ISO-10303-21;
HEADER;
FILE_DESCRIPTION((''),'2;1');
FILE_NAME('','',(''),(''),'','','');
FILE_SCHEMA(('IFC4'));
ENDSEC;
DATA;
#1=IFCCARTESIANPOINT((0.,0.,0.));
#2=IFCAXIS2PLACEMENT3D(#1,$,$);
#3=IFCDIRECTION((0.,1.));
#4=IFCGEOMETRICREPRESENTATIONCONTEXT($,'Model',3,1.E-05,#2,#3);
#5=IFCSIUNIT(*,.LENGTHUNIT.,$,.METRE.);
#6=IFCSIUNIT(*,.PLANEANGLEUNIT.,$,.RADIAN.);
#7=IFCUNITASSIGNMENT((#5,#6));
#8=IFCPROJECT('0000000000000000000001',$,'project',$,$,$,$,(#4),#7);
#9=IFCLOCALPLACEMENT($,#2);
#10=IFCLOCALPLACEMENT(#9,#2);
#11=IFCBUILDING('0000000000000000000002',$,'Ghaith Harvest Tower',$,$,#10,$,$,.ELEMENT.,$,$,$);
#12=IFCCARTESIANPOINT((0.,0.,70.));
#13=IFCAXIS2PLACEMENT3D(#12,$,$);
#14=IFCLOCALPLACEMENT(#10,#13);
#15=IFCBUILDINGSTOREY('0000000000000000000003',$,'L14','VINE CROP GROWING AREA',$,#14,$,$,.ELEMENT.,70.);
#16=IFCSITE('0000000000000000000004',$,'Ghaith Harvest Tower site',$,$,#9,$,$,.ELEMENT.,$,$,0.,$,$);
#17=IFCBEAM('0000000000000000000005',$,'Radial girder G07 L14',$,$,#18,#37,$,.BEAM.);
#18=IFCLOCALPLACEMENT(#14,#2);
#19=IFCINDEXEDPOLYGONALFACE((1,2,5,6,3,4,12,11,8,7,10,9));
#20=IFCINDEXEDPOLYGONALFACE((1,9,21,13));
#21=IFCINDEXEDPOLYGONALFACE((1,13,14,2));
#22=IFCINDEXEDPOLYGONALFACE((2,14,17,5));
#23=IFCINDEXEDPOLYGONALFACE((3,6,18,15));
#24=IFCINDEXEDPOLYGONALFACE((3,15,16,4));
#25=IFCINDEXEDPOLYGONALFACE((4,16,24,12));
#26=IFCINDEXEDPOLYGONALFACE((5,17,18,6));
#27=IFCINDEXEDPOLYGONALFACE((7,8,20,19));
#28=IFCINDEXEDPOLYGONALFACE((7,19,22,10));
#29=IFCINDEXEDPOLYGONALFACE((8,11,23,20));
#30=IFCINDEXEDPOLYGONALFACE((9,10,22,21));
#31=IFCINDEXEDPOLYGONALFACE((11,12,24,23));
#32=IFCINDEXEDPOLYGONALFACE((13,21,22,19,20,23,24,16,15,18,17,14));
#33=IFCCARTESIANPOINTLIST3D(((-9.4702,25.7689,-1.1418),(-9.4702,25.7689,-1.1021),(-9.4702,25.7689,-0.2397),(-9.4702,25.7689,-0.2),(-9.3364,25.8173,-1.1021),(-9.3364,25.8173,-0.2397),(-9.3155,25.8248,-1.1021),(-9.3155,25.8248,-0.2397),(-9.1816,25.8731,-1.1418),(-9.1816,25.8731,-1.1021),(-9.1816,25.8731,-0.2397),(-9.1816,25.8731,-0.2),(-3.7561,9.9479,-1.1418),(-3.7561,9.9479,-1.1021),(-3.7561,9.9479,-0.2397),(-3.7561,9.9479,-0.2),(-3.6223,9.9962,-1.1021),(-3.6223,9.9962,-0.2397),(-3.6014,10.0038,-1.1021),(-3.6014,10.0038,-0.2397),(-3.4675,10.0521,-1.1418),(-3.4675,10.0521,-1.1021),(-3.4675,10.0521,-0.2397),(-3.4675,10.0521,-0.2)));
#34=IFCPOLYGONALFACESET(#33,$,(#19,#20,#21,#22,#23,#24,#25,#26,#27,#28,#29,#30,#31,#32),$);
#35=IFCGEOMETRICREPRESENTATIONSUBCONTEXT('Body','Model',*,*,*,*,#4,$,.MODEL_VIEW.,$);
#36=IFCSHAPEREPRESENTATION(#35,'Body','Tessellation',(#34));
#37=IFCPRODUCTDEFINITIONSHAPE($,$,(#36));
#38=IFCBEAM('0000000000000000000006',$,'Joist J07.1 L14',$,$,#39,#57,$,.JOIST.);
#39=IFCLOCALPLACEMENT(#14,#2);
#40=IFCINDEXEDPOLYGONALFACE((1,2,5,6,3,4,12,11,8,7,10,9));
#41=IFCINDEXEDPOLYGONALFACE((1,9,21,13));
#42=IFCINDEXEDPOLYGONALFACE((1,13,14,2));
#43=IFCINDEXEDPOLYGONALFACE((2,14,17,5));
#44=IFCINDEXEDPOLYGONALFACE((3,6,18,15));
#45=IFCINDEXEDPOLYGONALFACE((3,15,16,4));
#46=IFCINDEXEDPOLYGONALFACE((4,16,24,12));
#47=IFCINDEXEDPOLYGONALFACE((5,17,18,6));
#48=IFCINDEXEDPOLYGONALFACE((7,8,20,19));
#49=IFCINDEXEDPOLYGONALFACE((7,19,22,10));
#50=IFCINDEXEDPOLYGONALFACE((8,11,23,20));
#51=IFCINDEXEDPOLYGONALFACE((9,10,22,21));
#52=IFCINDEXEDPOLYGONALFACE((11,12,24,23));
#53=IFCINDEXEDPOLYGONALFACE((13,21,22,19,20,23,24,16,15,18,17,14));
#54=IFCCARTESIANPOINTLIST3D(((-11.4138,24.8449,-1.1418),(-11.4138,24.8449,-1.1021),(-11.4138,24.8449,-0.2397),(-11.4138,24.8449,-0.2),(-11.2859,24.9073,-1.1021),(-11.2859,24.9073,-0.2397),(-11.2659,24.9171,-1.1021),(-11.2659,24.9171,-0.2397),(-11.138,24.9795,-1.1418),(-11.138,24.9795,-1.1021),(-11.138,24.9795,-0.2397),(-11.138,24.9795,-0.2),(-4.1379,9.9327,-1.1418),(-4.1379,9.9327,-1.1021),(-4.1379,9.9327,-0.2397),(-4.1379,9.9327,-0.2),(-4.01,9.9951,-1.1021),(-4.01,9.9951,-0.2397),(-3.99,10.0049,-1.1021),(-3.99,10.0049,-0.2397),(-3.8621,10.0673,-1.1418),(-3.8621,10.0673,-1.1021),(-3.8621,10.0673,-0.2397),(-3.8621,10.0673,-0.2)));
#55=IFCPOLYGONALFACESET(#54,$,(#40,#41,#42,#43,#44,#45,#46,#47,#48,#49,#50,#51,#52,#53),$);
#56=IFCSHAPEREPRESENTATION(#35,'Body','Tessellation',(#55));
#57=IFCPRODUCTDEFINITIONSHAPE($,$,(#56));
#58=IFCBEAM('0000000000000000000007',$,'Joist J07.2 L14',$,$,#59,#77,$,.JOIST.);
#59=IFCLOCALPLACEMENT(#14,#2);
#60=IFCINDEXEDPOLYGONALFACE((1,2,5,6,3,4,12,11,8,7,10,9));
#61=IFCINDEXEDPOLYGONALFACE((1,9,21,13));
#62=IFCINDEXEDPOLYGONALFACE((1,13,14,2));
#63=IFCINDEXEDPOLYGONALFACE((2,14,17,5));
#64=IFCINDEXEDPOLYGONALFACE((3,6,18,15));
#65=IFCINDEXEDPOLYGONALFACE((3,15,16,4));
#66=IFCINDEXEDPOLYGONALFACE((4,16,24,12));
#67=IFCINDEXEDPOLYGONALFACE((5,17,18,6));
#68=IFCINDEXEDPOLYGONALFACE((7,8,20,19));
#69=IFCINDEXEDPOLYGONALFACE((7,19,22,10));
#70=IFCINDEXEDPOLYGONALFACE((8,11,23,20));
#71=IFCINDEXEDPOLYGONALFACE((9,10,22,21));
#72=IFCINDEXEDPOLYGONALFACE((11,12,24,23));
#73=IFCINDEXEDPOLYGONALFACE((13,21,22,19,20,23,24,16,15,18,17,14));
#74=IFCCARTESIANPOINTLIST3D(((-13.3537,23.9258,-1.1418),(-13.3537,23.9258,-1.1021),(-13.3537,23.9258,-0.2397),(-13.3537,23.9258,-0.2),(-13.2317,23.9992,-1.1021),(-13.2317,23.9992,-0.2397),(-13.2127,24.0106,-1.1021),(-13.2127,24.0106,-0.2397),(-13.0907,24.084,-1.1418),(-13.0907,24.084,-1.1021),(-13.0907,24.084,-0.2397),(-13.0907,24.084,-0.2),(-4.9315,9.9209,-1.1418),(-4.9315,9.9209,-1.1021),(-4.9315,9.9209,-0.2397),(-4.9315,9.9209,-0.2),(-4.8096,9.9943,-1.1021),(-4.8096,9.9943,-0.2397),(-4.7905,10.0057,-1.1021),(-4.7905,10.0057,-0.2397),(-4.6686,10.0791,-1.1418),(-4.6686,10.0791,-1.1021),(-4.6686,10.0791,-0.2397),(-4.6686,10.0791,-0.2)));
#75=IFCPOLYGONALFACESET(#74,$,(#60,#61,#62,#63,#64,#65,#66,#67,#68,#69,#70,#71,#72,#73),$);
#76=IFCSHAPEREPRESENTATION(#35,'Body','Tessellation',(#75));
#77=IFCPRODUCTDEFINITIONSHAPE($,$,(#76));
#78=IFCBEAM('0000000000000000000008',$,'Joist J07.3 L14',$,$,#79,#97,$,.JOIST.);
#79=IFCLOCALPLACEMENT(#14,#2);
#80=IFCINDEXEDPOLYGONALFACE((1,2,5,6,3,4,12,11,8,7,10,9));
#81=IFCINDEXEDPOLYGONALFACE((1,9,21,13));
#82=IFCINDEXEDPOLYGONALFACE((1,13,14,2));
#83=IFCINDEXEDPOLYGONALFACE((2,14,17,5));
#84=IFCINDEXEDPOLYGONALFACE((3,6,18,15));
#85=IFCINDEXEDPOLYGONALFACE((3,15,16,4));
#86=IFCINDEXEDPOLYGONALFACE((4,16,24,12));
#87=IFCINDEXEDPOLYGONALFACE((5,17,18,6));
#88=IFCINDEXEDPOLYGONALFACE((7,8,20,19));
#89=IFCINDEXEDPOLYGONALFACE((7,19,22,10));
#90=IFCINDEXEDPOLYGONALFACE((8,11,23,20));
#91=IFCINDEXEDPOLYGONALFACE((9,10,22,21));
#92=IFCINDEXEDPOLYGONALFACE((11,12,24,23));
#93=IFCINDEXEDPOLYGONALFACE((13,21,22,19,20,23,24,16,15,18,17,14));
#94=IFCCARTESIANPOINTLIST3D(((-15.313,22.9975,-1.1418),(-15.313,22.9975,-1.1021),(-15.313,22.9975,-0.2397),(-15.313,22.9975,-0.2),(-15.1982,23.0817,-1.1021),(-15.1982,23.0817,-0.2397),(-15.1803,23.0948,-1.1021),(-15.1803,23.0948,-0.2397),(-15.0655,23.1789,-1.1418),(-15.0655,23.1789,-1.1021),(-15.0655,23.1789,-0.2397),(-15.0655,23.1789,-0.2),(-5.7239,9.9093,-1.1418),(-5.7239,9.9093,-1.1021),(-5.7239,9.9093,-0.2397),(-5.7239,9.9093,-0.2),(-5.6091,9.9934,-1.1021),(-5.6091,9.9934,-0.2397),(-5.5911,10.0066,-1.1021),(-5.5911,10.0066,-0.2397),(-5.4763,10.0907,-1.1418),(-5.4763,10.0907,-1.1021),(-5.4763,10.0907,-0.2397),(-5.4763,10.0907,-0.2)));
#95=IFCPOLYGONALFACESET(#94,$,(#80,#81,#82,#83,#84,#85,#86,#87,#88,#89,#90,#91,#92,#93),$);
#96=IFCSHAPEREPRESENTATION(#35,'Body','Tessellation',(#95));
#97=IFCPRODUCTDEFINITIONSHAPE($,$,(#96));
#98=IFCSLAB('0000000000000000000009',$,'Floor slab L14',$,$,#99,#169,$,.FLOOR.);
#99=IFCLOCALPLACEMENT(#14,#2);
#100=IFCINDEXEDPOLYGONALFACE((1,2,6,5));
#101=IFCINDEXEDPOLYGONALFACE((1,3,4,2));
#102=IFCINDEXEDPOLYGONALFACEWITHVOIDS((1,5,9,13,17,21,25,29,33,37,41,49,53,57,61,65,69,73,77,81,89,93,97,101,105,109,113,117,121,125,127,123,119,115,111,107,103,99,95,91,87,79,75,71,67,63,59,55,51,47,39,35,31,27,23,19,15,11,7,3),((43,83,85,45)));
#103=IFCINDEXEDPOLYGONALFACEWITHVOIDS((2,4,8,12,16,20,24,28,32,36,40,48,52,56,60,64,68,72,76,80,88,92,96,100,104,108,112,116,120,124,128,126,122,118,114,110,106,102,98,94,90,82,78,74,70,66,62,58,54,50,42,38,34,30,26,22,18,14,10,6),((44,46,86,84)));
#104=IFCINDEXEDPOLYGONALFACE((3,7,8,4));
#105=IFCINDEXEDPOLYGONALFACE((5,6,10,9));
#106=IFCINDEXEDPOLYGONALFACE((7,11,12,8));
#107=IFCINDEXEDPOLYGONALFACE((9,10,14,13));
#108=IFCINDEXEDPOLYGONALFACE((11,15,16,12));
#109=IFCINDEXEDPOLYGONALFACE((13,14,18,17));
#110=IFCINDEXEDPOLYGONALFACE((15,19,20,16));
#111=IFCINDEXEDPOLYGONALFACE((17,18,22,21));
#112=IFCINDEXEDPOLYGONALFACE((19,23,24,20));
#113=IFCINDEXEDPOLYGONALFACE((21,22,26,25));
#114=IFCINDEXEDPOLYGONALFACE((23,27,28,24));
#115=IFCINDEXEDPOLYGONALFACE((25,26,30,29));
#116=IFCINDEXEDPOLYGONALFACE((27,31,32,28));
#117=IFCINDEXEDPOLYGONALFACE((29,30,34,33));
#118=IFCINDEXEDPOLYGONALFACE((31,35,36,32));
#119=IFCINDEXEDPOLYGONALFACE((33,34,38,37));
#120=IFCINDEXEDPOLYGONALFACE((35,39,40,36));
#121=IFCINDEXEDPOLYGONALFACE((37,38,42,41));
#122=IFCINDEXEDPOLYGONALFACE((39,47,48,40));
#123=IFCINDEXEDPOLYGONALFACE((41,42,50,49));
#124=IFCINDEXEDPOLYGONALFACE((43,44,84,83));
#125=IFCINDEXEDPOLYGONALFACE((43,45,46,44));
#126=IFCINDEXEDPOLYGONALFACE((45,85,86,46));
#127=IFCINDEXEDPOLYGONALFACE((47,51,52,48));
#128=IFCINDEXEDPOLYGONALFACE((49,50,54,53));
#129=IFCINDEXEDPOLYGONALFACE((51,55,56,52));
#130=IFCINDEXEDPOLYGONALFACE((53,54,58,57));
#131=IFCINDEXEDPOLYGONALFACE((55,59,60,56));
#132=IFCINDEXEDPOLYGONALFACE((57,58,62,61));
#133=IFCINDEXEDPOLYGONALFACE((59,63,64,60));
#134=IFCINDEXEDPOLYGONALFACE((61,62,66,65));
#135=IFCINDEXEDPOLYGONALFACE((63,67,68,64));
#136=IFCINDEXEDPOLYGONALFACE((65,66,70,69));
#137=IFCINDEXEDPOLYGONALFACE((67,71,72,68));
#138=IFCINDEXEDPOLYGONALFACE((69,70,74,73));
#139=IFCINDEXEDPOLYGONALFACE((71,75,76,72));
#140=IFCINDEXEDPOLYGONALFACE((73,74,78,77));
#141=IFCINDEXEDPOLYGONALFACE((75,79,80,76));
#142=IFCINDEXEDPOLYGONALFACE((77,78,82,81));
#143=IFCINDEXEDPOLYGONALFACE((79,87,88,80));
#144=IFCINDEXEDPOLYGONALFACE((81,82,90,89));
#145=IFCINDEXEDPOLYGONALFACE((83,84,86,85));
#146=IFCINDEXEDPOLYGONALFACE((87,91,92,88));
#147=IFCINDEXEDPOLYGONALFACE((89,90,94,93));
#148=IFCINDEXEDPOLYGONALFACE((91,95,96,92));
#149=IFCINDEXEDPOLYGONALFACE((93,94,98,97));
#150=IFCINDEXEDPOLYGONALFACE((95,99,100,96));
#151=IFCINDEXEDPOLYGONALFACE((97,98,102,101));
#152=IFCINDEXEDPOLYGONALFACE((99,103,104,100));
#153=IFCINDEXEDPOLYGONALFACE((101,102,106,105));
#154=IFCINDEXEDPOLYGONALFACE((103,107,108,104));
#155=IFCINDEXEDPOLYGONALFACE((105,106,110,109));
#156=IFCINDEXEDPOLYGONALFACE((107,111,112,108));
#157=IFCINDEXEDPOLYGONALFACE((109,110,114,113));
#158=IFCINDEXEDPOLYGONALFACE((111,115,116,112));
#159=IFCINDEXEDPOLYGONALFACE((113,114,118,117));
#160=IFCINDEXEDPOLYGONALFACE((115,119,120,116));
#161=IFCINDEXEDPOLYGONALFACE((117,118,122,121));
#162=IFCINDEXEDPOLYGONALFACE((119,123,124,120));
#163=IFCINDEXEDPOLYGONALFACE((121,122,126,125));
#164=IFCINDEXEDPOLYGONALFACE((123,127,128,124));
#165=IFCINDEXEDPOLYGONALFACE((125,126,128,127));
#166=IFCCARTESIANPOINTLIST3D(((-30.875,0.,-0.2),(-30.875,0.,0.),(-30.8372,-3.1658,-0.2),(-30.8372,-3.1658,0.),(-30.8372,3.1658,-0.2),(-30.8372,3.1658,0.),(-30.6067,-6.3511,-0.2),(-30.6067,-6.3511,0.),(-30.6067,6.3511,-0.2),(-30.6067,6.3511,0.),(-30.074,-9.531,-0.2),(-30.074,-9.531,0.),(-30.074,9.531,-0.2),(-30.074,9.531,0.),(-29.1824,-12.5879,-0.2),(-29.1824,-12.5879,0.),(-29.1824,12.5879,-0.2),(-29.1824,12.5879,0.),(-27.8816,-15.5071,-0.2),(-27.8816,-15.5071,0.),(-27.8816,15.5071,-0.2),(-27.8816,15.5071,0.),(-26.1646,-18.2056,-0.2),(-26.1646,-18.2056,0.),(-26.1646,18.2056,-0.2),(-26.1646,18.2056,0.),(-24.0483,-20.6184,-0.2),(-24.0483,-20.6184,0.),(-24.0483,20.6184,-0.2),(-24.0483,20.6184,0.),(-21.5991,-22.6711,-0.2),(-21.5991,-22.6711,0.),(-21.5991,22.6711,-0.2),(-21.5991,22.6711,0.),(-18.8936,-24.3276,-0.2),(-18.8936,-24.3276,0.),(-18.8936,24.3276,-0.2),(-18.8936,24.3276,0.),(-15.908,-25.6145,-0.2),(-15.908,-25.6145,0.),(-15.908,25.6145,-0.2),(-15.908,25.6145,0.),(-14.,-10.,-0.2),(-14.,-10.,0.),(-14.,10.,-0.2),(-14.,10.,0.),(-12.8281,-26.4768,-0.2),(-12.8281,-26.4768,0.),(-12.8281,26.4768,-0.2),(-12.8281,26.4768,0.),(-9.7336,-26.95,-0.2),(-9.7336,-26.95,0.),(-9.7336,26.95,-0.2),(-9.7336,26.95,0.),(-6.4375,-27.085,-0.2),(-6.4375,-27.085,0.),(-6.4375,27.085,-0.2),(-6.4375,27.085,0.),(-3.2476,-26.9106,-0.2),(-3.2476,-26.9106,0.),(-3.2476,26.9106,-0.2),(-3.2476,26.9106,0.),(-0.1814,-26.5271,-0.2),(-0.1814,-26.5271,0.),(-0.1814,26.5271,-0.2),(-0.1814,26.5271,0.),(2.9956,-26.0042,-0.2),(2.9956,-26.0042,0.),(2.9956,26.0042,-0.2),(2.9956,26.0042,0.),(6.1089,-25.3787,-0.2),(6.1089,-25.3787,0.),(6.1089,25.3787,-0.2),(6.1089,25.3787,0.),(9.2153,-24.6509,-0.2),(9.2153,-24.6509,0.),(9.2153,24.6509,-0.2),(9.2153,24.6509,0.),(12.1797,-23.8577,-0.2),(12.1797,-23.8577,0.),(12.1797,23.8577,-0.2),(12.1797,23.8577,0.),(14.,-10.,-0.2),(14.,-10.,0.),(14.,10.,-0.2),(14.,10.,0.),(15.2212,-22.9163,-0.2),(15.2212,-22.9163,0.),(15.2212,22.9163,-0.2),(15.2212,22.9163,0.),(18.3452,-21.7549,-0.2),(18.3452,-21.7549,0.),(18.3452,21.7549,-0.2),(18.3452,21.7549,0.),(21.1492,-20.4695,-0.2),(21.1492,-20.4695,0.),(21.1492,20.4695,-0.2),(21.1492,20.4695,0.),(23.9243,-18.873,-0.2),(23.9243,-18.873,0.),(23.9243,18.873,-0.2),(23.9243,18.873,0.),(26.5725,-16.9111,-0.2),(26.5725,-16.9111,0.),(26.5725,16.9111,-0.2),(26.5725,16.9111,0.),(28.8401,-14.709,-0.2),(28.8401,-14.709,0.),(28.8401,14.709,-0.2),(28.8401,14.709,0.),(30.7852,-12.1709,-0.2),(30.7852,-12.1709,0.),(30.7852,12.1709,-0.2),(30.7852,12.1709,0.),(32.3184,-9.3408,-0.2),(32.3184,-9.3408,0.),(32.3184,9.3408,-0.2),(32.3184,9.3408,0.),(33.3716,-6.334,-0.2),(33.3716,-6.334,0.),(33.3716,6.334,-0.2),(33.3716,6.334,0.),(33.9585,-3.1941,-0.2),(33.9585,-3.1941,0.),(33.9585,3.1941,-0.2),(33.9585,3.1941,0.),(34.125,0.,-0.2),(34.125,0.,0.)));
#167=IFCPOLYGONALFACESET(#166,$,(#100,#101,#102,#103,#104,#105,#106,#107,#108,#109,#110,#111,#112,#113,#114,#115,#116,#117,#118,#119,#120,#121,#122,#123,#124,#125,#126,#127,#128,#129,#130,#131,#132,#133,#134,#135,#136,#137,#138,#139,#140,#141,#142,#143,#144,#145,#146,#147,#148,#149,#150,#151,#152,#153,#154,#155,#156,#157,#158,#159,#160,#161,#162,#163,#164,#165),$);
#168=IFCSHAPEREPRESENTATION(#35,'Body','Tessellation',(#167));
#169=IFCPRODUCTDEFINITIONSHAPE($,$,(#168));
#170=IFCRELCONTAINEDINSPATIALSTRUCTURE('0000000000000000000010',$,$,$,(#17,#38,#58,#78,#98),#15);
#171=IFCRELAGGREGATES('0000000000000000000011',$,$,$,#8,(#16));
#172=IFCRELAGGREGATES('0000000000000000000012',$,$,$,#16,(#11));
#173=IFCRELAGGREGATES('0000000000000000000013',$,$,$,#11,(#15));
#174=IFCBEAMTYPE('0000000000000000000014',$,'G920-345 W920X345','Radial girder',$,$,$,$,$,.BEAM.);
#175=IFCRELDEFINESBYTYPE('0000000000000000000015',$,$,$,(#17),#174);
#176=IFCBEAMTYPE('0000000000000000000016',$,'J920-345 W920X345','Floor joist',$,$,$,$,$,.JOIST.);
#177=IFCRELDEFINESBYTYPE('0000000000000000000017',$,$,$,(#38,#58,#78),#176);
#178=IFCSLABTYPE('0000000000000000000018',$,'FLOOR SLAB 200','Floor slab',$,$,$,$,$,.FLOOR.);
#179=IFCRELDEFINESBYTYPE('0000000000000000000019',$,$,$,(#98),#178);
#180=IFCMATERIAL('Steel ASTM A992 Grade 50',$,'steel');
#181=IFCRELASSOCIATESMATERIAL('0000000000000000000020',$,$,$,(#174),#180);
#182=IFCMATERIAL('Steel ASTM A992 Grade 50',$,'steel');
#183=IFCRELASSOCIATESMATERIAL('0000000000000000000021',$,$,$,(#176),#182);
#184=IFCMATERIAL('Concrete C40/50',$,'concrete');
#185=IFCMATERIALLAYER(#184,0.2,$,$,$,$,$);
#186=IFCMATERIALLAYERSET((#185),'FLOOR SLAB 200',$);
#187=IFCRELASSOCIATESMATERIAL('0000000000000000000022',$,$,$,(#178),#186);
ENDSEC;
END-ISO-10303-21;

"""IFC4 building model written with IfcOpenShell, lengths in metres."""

from ifc_helpers import new_model, si_unit, direction, frame, origin, origin_2d, place, context, subcontext, project, spatial, polyline, i_section, outline, extrude, material, layer, layer_set, material_profile, profile_set, type_object, element, save


model = new_model("IFC4")

# Units and contexts
model_context = context("Model", 3, precision=1e-05, world=origin(), true_north=direction((0.0, 1.0)))
body_context = subcontext(model_context, "Body", "Model", "MODEL_VIEW")
ifc_project = project(units=[si_unit("LENGTHUNIT", "METRE"), si_unit("PLANEANGLEUNIT", "RADIAN")], contexts=[model_context])

# Site, building, storey
site_placement = place(None, origin())
site = spatial("IfcSite", under=ifc_project, at=site_placement, Name="Ghaith Harvest Tower site", CompositionType="ELEMENT", RefElevation=0.0)
building_placement = place(site_placement, origin())
building = spatial("IfcBuilding", under=site, at=building_placement, Name="Ghaith Harvest Tower", CompositionType="ELEMENT")
storey_placement = place(building_placement, frame((0.0, 0.0, 70.0)))
storey = spatial("IfcBuildingStorey", under=building, at=storey_placement, Name="L14", Description="VINE CROP GROWING AREA", CompositionType="ELEMENT", Elevation=70.0)

# Beams
ifc_material_1 = material(Name="Steel ASTM A992 Grade 50", Category="steel")
ifc_material_profile_1 = material_profile(ifc_material_1, i_section(OverallWidth=0.3069, OverallDepth=0.9419, WebThickness=0.0222, FlangeThickness=0.0398, at=origin_2d()), Name="W920X345")
ifc_profile_set_1 = profile_set([ifc_material_profile_1], Name="Steel ASTM A992 Grade 50")
beam_type_1 = type_object("IfcBeamType", Name="G920-345 W920X345", Description="Radial girder", PredefinedType="BEAM", material=ifc_profile_set_1)
beam_1_placement = place(storey_placement, frame((-3.6118, 10.0, -0.6709), z_axis=(-0.339695, 0.940536, 0.0), x_axis=(-0.940536, -0.339695, 0.0)))
element("IfcBeam", 1, at=beam_1_placement, inside=storey, type_object=beam_type_1, Name="Radial girder G07 L14", PredefinedType="BEAM", context=body_context, shape_type="SweptSolid", body=[
    extrude(i_section(OverallWidth=0.3069, OverallDepth=0.9419, WebThickness=0.0222, FlangeThickness=0.0398, at=origin_2d()), origin(), (0.0, 0.0, 1.0), 16.8213),
])
ifc_material_2 = material(Name="Steel ASTM A992 Grade 50", Category="steel")
ifc_material_profile_2 = material_profile(ifc_material_2, i_section(OverallWidth=0.3069, OverallDepth=0.9419, WebThickness=0.0222, FlangeThickness=0.0398, at=origin_2d()), Name="W920X345")
ifc_profile_set_2 = profile_set([ifc_material_profile_2], Name="Steel ASTM A992 Grade 50")
beam_type_2 = type_object("IfcBeamType", Name="J920-345 W920X345", Description="Floor joist", PredefinedType="JOIST", material=ifc_profile_set_2)
beam_2_placement = place(storey_placement, frame((-4.0, 10.0, -0.6709), z_axis=(-0.438505, 0.898729, 0.0), x_axis=(-0.898729, -0.438505, 0.0)))
element("IfcBeam", 2, at=beam_2_placement, inside=storey, type_object=beam_type_2, Name="Joist J07.1 L14", PredefinedType="JOIST", context=body_context, shape_type="SweptSolid", body=[
    extrude(i_section(OverallWidth=0.3069, OverallDepth=0.9419, WebThickness=0.0222, FlangeThickness=0.0398, at=origin_2d()), origin(), (0.0, 0.0, 1.0), 16.5925),
])
beam_3_placement = place(storey_placement, frame((-4.8, 10.0, -0.6709), z_axis=(-0.515359, 0.856974, 0.0), x_axis=(-0.856974, -0.515359, 0.0)))
element("IfcBeam", 3, at=beam_3_placement, inside=storey, type_object=beam_type_2, Name="Joist J07.2 L14", PredefinedType="JOIST", context=body_context, shape_type="SweptSolid", body=[
    extrude(i_section(OverallWidth=0.3069, OverallDepth=0.9419, WebThickness=0.0222, FlangeThickness=0.0398, at=origin_2d()), origin(), (0.0, 0.0, 1.0), 16.3423),
])
beam_4_placement = place(storey_placement, frame((-5.6001, 10.0, -0.6709), z_axis=(-0.591009, 0.806665, 0.0), x_axis=(-0.806665, -0.591009, 0.0)))
element("IfcBeam", 4, at=beam_4_placement, inside=storey, type_object=beam_type_2, Name="Joist J07.3 L14", PredefinedType="JOIST", context=body_context, shape_type="SweptSolid", body=[
    extrude(i_section(OverallWidth=0.3069, OverallDepth=0.9419, WebThickness=0.0222, FlangeThickness=0.0398, at=origin_2d()), origin(), (0.0, 0.0, 1.0), 16.2251),
])

# Slab
ifc_material_3 = material(Name="Concrete C40/50", Category="concrete")
ifc_layer_1 = layer(ifc_material_3, 0.2)
ifc_layer_set_1 = layer_set([ifc_layer_1], Name="FLOOR SLAB 200")
slab_type_1 = type_object("IfcSlabType", Name="FLOOR SLAB 200", Description="Floor slab", PredefinedType="FLOOR", material=ifc_layer_set_1)
slab_1_placement = place(storey_placement, frame((0.0, 0.0, -0.2)))
element("IfcSlab", 5, at=slab_1_placement, inside=storey, type_object=slab_type_1, Name="Floor slab L14", PredefinedType="FLOOR", context=body_context, shape_type="SweptSolid", body=[
    extrude(outline(polyline([(34.125, 0.0), (33.9585, 3.1941), (33.3716, 6.334), (32.3184, 9.3408), (30.7852, 12.1709), (28.8401, 14.709), (26.5725, 16.9111), (23.9243, 18.873), (21.1492, 20.4695), (18.3452, 21.7549), (15.2212, 22.9163), (12.1797, 23.8577), (9.2153, 24.6509), (6.1089, 25.3787), (2.9956, 26.0042), (-0.1814, 26.5271), (-3.2476, 26.9106), (-6.4375, 27.085), (-9.7336, 26.95), (-12.8281, 26.4768), (-15.908, 25.6145), (-18.8936, 24.3276), (-21.5991, 22.6711), (-24.0483, 20.6184), (-26.1646, 18.2056), (-27.8816, 15.5071), (-29.1824, 12.5879), (-30.074, 9.531), (-30.6067, 6.3511), (-30.8372, 3.1658), (-30.875, 0.0), (-30.8372, -3.1658), (-30.6067, -6.3511), (-30.074, -9.531), (-29.1824, -12.5879), (-27.8816, -15.5071), (-26.1646, -18.2056), (-24.0483, -20.6184), (-21.5991, -22.6711), (-18.8936, -24.3276), (-15.908, -25.6145), (-12.8281, -26.4768), (-9.7336, -26.95), (-6.4375, -27.085), (-3.2476, -26.9106), (-0.1814, -26.5271), (2.9956, -26.0042), (6.1089, -25.3787), (9.2153, -24.6509), (12.1797, -23.8577), (15.2212, -22.9163), (18.3452, -21.7549), (21.1492, -20.4695), (23.9243, -18.873), (26.5725, -16.9111), (28.8401, -14.709), (30.7852, -12.1709), (32.3184, -9.3408), (33.3716, -6.334), (33.9585, -3.1941), (34.125, 0.0)]), holes=[polyline([(-14.0, -10.0), (14.0, -10.0), (14.0, 10.0), (-14.0, 10.0), (-14.0, -10.0)])]), origin(), (0.0, 0.0, 1.0), 0.2),
])

save(model, "model.ifc")
